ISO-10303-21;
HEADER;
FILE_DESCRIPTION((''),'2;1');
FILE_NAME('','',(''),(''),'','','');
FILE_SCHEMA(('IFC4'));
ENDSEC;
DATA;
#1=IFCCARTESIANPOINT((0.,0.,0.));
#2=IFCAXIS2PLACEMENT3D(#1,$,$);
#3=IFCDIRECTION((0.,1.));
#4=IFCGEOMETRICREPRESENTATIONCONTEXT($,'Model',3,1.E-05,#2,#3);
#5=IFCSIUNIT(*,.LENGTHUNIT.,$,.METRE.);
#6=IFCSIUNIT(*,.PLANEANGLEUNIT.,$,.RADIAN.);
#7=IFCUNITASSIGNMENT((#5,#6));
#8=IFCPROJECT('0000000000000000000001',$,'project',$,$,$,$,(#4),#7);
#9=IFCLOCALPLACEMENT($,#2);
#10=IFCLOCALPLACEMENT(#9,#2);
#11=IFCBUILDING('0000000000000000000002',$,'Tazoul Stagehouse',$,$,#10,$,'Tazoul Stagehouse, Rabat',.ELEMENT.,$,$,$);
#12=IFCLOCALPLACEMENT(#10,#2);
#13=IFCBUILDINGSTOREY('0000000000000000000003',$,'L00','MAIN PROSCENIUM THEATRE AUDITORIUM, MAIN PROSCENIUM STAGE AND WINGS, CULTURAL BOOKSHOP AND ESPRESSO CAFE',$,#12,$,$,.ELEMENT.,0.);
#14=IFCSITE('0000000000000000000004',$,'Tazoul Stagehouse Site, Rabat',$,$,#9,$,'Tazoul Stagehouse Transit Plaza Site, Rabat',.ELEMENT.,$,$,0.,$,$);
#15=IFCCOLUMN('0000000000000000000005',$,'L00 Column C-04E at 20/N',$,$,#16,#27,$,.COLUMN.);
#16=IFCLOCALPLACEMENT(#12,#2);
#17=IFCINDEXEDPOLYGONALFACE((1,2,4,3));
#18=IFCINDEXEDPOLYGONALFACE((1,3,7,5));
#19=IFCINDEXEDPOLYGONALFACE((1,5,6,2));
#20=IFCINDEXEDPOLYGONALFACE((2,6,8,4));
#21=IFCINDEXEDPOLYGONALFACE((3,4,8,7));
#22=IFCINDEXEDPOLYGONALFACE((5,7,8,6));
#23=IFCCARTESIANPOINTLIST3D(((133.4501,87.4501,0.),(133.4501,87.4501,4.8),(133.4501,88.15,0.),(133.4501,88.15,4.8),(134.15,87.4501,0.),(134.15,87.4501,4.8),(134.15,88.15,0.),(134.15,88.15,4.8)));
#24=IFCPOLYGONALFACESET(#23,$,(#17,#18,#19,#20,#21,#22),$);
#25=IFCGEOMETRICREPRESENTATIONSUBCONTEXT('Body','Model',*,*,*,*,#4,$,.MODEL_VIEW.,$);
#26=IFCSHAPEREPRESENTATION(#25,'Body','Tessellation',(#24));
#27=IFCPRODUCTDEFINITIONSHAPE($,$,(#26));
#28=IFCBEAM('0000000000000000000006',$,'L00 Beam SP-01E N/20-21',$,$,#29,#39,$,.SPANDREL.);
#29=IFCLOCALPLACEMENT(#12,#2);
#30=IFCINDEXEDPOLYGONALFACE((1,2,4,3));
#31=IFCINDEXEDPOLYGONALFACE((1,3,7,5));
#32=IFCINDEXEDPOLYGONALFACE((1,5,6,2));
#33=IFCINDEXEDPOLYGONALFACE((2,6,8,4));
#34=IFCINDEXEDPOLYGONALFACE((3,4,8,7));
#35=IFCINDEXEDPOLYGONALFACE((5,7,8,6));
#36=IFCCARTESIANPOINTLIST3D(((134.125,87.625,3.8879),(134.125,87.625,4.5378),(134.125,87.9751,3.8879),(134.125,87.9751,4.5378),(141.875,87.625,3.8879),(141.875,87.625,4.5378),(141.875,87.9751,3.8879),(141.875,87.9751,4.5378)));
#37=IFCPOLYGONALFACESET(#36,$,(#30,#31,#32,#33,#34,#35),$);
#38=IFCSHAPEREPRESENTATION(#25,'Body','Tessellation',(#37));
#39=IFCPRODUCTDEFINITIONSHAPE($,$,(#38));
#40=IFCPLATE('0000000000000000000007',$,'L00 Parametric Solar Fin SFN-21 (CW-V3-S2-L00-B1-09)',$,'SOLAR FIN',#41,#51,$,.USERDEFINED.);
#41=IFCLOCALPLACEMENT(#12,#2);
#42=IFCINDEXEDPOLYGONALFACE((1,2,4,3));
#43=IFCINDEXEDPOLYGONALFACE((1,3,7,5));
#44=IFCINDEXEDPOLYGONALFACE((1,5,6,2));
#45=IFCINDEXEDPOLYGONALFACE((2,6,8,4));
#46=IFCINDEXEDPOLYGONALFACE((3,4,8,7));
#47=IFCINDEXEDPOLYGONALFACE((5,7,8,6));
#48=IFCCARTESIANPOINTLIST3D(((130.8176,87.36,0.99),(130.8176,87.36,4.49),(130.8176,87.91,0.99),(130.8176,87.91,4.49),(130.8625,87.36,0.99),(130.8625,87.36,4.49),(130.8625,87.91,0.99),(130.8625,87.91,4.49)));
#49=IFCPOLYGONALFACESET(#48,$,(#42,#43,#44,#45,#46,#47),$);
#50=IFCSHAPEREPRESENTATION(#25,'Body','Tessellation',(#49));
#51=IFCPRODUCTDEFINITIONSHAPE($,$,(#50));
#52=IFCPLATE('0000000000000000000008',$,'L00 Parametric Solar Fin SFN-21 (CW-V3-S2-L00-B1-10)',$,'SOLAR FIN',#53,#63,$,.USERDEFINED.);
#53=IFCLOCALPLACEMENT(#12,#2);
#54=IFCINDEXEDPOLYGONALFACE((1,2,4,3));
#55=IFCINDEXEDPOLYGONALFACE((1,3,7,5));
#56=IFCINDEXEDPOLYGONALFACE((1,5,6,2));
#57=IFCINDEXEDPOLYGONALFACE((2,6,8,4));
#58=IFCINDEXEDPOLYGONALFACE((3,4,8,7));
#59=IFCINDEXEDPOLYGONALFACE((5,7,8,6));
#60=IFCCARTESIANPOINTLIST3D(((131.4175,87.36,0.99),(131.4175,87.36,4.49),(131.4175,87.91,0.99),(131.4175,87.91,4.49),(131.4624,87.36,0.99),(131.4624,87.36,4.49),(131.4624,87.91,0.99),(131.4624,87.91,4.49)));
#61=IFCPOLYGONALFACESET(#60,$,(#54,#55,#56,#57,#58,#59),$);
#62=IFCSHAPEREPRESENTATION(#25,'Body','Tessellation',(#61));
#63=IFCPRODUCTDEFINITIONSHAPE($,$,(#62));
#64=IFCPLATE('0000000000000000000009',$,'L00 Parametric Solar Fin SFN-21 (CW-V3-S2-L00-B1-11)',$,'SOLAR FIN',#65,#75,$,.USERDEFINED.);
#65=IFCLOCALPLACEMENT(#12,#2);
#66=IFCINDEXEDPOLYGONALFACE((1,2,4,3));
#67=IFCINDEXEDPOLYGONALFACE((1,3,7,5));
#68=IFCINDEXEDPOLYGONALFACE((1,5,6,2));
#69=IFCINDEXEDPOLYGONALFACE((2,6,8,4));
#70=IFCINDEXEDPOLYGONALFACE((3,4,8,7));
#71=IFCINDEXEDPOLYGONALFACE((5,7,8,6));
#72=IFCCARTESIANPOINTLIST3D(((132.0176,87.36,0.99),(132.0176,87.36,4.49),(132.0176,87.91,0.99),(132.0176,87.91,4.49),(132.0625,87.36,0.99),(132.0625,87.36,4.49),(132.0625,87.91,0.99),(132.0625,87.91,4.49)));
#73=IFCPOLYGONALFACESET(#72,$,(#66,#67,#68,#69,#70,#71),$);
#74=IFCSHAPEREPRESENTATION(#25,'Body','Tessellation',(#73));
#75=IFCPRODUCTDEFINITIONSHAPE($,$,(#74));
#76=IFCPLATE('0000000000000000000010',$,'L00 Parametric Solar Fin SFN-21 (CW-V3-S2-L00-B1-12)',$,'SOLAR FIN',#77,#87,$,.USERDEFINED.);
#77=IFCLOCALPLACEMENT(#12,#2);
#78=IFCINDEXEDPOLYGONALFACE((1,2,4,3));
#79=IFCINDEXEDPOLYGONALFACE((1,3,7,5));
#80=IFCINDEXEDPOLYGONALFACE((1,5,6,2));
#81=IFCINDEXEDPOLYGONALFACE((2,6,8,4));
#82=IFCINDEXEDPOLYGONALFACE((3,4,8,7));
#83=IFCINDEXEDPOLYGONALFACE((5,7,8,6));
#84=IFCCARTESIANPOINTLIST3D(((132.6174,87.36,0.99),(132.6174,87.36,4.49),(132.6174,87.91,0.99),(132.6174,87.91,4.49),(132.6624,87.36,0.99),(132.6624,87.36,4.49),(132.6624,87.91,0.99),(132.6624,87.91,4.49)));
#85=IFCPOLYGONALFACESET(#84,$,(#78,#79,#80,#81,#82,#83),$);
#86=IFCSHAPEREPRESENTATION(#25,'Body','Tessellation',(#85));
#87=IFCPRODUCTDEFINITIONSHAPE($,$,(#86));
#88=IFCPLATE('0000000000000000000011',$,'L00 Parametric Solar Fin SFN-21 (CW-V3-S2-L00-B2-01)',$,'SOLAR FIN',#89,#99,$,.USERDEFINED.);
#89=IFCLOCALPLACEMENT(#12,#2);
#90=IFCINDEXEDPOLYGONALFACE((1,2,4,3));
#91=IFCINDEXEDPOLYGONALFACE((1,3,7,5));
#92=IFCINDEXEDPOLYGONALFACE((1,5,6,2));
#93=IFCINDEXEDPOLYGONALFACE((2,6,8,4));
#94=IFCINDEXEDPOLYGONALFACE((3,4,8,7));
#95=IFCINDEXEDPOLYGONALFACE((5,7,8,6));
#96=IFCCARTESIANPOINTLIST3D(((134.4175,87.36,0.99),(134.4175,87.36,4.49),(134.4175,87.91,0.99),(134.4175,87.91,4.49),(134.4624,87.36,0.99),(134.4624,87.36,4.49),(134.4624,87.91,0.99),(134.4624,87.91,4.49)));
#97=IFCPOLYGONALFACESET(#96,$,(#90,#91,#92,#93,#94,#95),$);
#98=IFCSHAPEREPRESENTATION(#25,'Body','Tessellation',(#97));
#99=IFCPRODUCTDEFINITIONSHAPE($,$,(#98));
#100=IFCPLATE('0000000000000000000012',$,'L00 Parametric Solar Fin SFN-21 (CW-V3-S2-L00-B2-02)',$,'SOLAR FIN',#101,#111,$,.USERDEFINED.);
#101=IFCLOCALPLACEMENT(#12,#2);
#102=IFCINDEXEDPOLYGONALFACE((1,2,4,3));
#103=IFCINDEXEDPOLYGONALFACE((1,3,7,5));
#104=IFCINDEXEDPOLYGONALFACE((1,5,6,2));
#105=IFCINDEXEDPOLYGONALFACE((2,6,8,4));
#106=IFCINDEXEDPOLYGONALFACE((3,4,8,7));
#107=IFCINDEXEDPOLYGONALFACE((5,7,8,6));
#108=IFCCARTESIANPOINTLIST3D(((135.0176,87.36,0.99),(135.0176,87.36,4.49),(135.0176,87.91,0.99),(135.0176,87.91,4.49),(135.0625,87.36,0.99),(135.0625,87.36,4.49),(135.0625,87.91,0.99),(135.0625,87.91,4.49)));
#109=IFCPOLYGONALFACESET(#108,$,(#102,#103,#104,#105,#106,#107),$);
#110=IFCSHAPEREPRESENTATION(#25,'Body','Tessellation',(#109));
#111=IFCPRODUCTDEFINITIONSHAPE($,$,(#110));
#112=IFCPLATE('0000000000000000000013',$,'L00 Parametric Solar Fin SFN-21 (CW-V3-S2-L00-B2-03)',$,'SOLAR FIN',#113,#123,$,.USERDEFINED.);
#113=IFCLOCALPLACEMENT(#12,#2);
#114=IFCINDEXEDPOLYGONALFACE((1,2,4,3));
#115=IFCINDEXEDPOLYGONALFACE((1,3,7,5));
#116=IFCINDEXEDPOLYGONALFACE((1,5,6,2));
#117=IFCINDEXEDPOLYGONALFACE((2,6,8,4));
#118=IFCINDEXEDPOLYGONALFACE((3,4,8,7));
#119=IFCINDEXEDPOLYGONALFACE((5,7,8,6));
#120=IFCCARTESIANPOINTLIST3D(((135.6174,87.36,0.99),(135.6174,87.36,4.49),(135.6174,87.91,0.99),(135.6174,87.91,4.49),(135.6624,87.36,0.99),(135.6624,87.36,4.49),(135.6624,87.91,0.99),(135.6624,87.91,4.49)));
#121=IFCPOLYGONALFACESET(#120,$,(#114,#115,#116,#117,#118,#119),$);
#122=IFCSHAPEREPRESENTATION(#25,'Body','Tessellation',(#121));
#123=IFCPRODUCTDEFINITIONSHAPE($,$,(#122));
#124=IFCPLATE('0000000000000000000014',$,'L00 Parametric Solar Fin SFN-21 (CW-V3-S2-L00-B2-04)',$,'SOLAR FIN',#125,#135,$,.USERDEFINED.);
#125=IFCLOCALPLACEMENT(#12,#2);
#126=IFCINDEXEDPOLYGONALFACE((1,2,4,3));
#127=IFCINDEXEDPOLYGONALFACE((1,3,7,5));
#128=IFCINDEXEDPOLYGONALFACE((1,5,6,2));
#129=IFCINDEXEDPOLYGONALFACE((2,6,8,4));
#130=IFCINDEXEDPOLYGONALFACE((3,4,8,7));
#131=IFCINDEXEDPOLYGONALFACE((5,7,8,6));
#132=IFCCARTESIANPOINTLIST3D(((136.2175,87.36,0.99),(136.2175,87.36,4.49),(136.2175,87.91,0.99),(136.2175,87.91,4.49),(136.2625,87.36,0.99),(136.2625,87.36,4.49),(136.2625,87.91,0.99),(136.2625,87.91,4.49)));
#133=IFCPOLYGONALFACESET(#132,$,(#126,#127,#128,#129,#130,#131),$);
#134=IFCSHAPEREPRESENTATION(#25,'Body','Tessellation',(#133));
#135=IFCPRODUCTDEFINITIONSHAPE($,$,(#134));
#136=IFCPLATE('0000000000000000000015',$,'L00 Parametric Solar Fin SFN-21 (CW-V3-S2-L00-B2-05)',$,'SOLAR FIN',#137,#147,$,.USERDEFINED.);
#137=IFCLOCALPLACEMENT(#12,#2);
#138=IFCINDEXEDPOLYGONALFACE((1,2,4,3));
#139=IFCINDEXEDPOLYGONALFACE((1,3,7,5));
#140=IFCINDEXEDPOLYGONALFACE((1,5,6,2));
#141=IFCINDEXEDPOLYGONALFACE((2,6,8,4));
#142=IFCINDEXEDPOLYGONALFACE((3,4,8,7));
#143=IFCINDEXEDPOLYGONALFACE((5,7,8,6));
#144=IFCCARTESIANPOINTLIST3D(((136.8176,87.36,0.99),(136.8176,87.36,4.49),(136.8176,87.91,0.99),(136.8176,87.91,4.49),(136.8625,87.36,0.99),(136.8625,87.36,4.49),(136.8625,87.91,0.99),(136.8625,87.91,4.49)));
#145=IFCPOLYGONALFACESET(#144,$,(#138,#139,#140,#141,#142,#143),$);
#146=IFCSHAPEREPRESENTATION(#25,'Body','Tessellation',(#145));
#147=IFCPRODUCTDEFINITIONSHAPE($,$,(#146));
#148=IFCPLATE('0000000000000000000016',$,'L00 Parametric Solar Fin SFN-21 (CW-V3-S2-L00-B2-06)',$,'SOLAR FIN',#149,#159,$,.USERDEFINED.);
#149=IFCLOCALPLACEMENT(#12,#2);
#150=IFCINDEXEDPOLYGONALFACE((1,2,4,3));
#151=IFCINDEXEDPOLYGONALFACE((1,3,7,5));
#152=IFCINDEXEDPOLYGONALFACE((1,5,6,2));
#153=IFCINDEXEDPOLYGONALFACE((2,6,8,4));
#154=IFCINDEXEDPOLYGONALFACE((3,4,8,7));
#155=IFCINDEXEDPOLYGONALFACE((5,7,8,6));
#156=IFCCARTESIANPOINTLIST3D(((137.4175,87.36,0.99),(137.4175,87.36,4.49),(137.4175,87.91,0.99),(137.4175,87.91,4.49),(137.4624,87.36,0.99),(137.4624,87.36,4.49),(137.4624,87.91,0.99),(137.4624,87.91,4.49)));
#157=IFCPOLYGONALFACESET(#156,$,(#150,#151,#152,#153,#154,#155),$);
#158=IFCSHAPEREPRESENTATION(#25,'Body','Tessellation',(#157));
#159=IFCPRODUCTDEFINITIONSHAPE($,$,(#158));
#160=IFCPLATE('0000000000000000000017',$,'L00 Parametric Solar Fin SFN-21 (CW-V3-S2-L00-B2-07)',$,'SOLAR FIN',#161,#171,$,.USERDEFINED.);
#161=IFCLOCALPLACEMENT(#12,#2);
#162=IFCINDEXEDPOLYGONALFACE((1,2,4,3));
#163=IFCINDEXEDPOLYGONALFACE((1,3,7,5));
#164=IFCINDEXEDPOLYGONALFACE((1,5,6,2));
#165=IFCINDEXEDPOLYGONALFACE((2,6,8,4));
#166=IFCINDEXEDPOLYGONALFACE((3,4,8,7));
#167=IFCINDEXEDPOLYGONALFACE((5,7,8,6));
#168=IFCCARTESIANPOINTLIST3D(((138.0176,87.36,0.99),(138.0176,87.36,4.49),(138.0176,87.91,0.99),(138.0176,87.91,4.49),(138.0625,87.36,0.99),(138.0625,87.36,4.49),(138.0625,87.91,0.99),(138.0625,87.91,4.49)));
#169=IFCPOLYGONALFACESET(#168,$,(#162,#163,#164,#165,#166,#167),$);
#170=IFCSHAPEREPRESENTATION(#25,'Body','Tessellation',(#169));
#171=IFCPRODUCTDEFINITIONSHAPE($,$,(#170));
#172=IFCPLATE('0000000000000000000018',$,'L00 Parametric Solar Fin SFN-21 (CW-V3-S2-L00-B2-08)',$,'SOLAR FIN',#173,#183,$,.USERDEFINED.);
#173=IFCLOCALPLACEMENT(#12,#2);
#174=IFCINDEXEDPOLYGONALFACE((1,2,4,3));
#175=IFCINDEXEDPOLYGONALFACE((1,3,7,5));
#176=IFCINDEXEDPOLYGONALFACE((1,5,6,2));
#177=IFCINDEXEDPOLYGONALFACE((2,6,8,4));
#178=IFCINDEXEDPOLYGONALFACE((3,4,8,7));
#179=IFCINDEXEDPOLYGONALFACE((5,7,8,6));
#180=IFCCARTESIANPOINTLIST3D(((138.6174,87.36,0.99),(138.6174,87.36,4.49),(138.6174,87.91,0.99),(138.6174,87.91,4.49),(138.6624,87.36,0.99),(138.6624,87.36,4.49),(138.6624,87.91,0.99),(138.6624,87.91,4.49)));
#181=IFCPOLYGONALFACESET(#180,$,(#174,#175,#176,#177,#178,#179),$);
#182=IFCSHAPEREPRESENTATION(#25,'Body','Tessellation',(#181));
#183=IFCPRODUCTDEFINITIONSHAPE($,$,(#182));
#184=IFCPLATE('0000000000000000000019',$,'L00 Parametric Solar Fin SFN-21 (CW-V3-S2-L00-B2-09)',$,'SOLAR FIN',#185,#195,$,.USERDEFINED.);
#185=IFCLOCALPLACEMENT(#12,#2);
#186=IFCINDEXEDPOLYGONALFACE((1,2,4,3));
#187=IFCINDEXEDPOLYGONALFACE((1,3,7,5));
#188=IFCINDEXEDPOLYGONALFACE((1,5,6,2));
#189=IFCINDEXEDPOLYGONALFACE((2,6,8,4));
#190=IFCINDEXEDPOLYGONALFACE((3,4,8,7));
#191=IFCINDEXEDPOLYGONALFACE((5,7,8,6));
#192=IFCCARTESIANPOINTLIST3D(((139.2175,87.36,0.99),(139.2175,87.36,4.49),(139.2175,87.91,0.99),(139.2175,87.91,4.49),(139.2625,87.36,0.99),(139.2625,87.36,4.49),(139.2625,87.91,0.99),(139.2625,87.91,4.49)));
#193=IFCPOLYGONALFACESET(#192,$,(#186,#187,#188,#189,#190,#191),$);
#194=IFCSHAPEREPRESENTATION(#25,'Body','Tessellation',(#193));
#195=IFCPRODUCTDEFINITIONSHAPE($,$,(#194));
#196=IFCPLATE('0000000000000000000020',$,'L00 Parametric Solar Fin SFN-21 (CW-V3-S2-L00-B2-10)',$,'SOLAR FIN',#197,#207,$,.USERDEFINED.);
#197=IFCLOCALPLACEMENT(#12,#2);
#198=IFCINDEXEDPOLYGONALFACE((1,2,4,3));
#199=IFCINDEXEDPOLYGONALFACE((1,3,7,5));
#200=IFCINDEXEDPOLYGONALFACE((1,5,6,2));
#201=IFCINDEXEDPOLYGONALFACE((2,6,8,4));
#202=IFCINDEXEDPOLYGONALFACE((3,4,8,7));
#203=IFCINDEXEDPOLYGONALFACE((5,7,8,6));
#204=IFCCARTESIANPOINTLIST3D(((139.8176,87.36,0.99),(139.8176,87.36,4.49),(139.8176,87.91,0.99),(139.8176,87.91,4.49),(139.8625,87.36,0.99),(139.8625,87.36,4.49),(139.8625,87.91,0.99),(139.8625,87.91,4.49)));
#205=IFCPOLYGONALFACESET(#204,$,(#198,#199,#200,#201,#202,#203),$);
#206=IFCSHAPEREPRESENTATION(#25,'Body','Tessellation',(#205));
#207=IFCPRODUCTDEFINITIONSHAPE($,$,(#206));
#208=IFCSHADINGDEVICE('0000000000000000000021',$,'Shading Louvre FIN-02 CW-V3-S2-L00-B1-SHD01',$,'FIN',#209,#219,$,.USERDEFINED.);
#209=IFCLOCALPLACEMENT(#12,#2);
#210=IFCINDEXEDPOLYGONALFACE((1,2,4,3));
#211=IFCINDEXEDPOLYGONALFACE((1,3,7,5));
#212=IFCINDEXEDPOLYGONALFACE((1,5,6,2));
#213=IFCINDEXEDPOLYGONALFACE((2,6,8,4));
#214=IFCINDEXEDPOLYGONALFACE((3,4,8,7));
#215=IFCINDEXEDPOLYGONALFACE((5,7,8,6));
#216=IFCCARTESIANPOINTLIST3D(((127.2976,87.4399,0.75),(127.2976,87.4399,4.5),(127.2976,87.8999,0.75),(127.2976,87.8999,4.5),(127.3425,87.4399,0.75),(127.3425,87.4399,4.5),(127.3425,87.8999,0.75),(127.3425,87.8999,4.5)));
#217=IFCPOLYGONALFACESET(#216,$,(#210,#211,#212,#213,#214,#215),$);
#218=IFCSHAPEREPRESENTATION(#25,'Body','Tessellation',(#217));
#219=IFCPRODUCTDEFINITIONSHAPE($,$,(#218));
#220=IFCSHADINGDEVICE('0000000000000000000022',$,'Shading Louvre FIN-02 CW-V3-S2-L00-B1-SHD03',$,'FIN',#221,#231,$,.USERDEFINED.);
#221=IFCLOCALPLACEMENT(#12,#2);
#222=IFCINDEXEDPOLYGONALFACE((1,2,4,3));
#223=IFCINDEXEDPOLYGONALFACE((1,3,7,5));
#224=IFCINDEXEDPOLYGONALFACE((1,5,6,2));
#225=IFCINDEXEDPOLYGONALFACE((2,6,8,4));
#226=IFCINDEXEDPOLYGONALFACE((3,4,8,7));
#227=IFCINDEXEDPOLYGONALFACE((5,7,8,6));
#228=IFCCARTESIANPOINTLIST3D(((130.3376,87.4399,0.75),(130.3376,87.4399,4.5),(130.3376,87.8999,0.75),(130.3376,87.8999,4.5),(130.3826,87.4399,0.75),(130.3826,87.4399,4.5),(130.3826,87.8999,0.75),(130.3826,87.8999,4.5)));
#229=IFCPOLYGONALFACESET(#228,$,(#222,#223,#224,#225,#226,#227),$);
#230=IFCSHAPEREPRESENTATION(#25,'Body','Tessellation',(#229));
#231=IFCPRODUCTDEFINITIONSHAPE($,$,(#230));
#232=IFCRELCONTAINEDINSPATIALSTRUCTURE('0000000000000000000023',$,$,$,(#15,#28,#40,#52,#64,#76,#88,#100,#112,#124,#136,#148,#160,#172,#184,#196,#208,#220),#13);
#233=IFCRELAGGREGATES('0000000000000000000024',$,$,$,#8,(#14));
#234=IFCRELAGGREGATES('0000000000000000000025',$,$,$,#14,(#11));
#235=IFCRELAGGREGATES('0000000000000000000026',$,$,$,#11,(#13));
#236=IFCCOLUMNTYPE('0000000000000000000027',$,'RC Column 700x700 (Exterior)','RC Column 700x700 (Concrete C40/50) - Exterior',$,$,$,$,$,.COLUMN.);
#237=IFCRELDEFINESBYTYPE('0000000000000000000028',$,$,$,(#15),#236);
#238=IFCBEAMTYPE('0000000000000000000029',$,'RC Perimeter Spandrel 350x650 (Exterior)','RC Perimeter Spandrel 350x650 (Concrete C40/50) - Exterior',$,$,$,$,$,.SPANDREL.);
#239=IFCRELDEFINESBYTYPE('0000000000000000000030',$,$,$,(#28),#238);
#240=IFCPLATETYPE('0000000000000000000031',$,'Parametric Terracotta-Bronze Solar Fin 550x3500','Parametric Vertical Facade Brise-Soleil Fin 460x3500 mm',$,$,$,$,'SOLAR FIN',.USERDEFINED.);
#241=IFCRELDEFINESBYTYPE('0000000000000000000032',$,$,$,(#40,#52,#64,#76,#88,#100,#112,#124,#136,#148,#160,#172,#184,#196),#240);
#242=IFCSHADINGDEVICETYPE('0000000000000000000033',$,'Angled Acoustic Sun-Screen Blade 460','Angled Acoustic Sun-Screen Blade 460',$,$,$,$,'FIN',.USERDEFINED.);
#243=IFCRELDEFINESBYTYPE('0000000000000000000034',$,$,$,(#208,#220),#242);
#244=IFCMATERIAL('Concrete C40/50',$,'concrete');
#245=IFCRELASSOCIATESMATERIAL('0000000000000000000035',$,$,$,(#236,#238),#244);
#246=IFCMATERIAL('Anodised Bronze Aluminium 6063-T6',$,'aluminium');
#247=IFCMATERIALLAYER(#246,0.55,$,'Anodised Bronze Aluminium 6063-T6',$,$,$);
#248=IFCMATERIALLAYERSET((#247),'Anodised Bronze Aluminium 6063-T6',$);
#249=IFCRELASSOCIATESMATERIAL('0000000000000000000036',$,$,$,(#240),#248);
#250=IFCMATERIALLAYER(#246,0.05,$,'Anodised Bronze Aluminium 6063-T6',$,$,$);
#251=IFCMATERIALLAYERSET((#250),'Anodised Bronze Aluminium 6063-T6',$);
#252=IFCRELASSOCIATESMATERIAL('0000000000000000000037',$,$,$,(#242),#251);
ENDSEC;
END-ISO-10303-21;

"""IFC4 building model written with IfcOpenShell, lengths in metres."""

from ifc_helpers import new_model, si_unit, direction, frame, origin, origin_2d, place, context, subcontext, project, spatial, rectangle, extrude, material, layer, layer_set, material_profile, profile_set, type_object, element, save


model = new_model("IFC4")

# Units and contexts
model_context = context("Model", 3, precision=1e-05, world=origin(), true_north=direction((0.0, 1.0)))
body_context = subcontext(model_context, "Body", "Model", "MODEL_VIEW")
ifc_project = project(units=[si_unit("LENGTHUNIT", "METRE"), si_unit("PLANEANGLEUNIT", "RADIAN")], contexts=[model_context])

# Site, building, storey
site_placement = place(None, origin())
site = spatial("IfcSite", under=ifc_project, at=site_placement, Name="Tazoul Stagehouse Site, Rabat", LongName="Tazoul Stagehouse Transit Plaza Site, Rabat", CompositionType="ELEMENT", RefElevation=0.0)
building_placement = place(site_placement, origin())
building = spatial("IfcBuilding", under=site, at=building_placement, Name="Tazoul Stagehouse", LongName="Tazoul Stagehouse, Rabat", CompositionType="ELEMENT")
storey_placement = place(building_placement, origin())
storey = spatial("IfcBuildingStorey", under=building, at=storey_placement, Name="L00", Description="MAIN PROSCENIUM THEATRE AUDITORIUM, MAIN PROSCENIUM STAGE AND WINGS, CULTURAL BOOKSHOP AND ESPRESSO CAFE", CompositionType="ELEMENT", Elevation=0.0)

# Column
ifc_material_1 = material(Name="Concrete C40/50", Category="concrete")
ifc_material_profile_1 = material_profile(ifc_material_1, rectangle(XDim=0.7, YDim=0.7, at=origin_2d()), Name="RC 700x700")
ifc_profile_set_1 = profile_set([ifc_material_profile_1], Name="Concrete C40/50")
column_type = type_object("IfcColumnType", Name="RC Column 700x700 (Exterior)", Description="RC Column 700x700 (Concrete C40/50) - Exterior", PredefinedType="COLUMN", material=ifc_profile_set_1)
column_placement = place(storey_placement, frame((133.8, 87.8, 0.0), z_axis=(0.0, 0.0, 1.0), x_axis=(1.0, 0.0, 0.0)))
element("IfcColumn", 1, at=column_placement, inside=storey, type_object=column_type, Name="L00 Column C-04E at 20/N", PredefinedType="COLUMN", context=body_context, shape_type="SweptSolid", body=[
    extrude(rectangle(XDim=0.7, YDim=0.7, at=origin_2d()), origin(), (0.0, 0.0, 1.0), 4.8),
])

# Beam
ifc_material_profile_2 = material_profile(ifc_material_1, rectangle(XDim=0.3501, YDim=0.6499, at=origin_2d()), Name="RC 350x650")
ifc_profile_set_2 = profile_set([ifc_material_profile_2], Name="Concrete C40/50")
beam_type = type_object("IfcBeamType", Name="RC Perimeter Spandrel 350x650 (Exterior)", Description="RC Perimeter Spandrel 350x650 (Concrete C40/50) - Exterior", PredefinedType="SPANDREL", material=ifc_profile_set_2)
beam_placement = place(storey_placement, frame((134.125, 87.8, 4.2129), z_axis=(1.0, 0.0, 0.0), x_axis=(0.0, 1.0, 0.0)))
element("IfcBeam", 2, at=beam_placement, inside=storey, type_object=beam_type, Name="L00 Beam SP-01E N/20-21", PredefinedType="SPANDREL", context=body_context, shape_type="SweptSolid", body=[
    extrude(rectangle(XDim=0.3501, YDim=0.6499, at=origin_2d()), origin(), (0.0, 0.0, 1.0), 7.75),
])

# Plates
ifc_material_2 = material(Name="Anodised Bronze Aluminium 6063-T6", Category="aluminium")
ifc_layer_1 = layer(ifc_material_2, 0.55, Name="Anodised Bronze Aluminium 6063-T6")
ifc_layer_set_1 = layer_set([ifc_layer_1], Name="Anodised Bronze Aluminium 6063-T6")
plate_type = type_object("IfcPlateType", Name="Parametric Terracotta-Bronze Solar Fin 550x3500", Description="Parametric Vertical Facade Brise-Soleil Fin 460x3500 mm", ElementType="SOLAR FIN", PredefinedType="USERDEFINED", material=ifc_layer_set_1)
for number, where, z_axis, x_axis, name in (
    (3, (130.8401, 87.635, 0.99), (0.0, 0.0, 1.0), (1.0, 0.0, 0.0), "L00 Parametric Solar Fin SFN-21 (CW-V3-S2-L00-B1-09)"),
    (4, (131.4399, 87.635, 0.99), (0.0, 0.0, 1.0), (1.0, 0.0, 0.0), "L00 Parametric Solar Fin SFN-21 (CW-V3-S2-L00-B1-10)"),
    (5, (132.04, 87.635, 0.99), (0.0, 0.0, 1.0), (1.0, 0.0, 0.0), "L00 Parametric Solar Fin SFN-21 (CW-V3-S2-L00-B1-11)"),
    (6, (132.6399, 87.635, 0.99), (0.0, 0.0, 1.0), (1.0, 0.0, 0.0), "L00 Parametric Solar Fin SFN-21 (CW-V3-S2-L00-B1-12)"),
    (7, (134.4399, 87.635, 0.99), (0.0, 0.0, 1.0), (1.0, 0.0, 0.0), "L00 Parametric Solar Fin SFN-21 (CW-V3-S2-L00-B2-01)"),
    (8, (135.04, 87.635, 0.99), (0.0, 0.0, 1.0), (1.0, 0.0, 0.0), "L00 Parametric Solar Fin SFN-21 (CW-V3-S2-L00-B2-02)"),
    (9, (135.6399, 87.635, 0.99), (0.0, 0.0, 1.0), (1.0, 0.0, 0.0), "L00 Parametric Solar Fin SFN-21 (CW-V3-S2-L00-B2-03)"),
    (10, (136.24, 87.635, 0.99), (0.0, 0.0, 1.0), (1.0, 0.0, 0.0), "L00 Parametric Solar Fin SFN-21 (CW-V3-S2-L00-B2-04)"),
    (11, (136.8401, 87.635, 0.99), (0.0, 0.0, 1.0), (1.0, 0.0, 0.0), "L00 Parametric Solar Fin SFN-21 (CW-V3-S2-L00-B2-05)"),
    (12, (137.4399, 87.635, 0.99), (0.0, 0.0, 1.0), (1.0, 0.0, 0.0), "L00 Parametric Solar Fin SFN-21 (CW-V3-S2-L00-B2-06)"),
    (13, (138.04, 87.635, 0.99), (0.0, 0.0, 1.0), (1.0, 0.0, 0.0), "L00 Parametric Solar Fin SFN-21 (CW-V3-S2-L00-B2-07)"),
    (14, (138.6399, 87.635, 0.99), (0.0, 0.0, 1.0), (1.0, 0.0, 0.0), "L00 Parametric Solar Fin SFN-21 (CW-V3-S2-L00-B2-08)"),
    (15, (139.24, 87.635, 0.99), (0.0, 0.0, 1.0), (1.0, 0.0, 0.0), "L00 Parametric Solar Fin SFN-21 (CW-V3-S2-L00-B2-09)"),
    (16, (139.8401, 87.635, 0.99), (0.0, 0.0, 1.0), (1.0, 0.0, 0.0), "L00 Parametric Solar Fin SFN-21 (CW-V3-S2-L00-B2-10)"),
):
    element("IfcPlate", number, at=place(storey_placement, frame(where, z_axis=z_axis, x_axis=x_axis)), inside=storey, type_object=plate_type, Name=name, ObjectType="SOLAR FIN", PredefinedType="USERDEFINED", context=body_context, shape_type="SweptSolid", body=[
        extrude(rectangle(XDim=0.0449, YDim=0.55, at=origin_2d()), origin(), (0.0, 0.0, 1.0), 3.5),
    ])

# Shading devices
ifc_layer_2 = layer(ifc_material_2, 0.05, Name="Anodised Bronze Aluminium 6063-T6")
ifc_layer_set_2 = layer_set([ifc_layer_2], Name="Anodised Bronze Aluminium 6063-T6")
shading_device_type_1 = type_object("IfcShadingDeviceType", Name="Angled Acoustic Sun-Screen Blade 460", Description="Angled Acoustic Sun-Screen Blade 460", ElementType="FIN", PredefinedType="USERDEFINED", material=ifc_layer_set_2)
for number, where, z_axis, x_axis, name in (
    (17, (127.3201, 87.6699, 0.75), (0.0, 0.0, 1.0), (1.0, 0.0, 0.0), "Shading Louvre FIN-02 CW-V3-S2-L00-B1-SHD01"),
    (18, (130.3601, 87.6699, 0.75), (0.0, 0.0, 1.0), (1.0, 0.0, 0.0), "Shading Louvre FIN-02 CW-V3-S2-L00-B1-SHD03"),
):
    element("IfcShadingDevice", number, at=place(storey_placement, frame(where, z_axis=z_axis, x_axis=x_axis)), inside=storey, type_object=shading_device_type_1, Name=name, ObjectType="FIN", PredefinedType="USERDEFINED", context=body_context, shape_type="SweptSolid", body=[
        extrude(rectangle(XDim=0.0449, YDim=0.46, at=origin_2d()), origin(), (0.0, 0.0, 1.0), 3.75),
    ])

save(model, "model.ifc")
